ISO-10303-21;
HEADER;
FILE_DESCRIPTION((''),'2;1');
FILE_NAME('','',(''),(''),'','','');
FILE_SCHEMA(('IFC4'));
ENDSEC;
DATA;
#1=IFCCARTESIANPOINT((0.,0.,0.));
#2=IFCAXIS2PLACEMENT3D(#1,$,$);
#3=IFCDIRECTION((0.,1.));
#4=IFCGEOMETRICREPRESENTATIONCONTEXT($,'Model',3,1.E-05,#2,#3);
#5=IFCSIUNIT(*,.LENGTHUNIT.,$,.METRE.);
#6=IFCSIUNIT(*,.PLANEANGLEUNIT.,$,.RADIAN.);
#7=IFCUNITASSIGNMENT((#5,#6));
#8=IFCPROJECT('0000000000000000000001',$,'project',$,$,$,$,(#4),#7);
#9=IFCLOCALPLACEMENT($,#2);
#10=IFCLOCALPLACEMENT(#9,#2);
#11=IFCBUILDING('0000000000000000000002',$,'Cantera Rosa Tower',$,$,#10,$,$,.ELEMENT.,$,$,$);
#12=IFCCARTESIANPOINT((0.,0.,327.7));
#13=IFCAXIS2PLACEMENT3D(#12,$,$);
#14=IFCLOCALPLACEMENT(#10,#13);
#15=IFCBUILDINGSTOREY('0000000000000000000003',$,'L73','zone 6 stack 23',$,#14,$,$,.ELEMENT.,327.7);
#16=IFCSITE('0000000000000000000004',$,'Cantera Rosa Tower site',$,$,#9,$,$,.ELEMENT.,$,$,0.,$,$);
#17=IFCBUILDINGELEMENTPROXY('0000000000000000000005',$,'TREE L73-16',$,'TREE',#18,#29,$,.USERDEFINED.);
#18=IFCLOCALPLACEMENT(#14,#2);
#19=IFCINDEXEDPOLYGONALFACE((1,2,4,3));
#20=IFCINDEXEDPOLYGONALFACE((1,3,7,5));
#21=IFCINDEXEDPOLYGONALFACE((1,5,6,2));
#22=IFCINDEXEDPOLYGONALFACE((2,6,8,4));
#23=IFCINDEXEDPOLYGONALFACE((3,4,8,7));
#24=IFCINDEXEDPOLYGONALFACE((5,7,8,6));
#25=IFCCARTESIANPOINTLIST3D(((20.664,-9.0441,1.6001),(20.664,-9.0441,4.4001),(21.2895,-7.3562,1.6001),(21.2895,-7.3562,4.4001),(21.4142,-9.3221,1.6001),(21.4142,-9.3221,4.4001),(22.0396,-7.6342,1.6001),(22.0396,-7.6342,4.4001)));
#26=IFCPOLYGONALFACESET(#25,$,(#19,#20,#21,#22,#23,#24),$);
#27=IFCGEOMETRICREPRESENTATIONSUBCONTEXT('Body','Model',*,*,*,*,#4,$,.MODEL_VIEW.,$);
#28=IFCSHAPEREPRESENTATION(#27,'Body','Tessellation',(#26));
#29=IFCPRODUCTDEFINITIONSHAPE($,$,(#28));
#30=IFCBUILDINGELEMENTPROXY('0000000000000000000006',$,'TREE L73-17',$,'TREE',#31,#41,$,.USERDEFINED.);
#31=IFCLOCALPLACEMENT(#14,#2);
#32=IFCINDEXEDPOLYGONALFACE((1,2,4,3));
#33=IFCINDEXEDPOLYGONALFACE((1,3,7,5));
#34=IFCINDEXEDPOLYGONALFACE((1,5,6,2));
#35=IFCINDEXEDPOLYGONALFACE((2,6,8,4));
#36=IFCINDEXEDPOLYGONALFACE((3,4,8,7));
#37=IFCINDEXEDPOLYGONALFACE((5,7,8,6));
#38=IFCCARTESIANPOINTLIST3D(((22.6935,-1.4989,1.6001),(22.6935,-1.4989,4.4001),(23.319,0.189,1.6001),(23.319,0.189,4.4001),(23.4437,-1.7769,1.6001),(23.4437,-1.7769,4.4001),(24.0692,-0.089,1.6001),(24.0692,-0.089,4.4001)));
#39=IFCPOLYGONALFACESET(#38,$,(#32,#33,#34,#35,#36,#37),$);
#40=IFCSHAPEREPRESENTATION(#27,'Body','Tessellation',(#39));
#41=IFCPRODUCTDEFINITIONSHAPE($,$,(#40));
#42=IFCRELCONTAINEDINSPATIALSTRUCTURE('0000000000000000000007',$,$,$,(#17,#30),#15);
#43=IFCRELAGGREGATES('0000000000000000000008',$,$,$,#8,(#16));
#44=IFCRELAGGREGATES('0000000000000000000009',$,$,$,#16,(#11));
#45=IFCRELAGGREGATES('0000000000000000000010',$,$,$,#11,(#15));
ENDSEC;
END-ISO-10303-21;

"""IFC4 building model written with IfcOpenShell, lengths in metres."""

from ifc_helpers import new_model, si_unit, direction, frame, origin, origin_2d, place, context, subcontext, project, spatial, rectangle, extrude, element, save


model = new_model("IFC4")

# Units and contexts
model_context = context("Model", 3, precision=1e-05, world=origin(), true_north=direction((0.0, 1.0)))
body_context = subcontext(model_context, "Body", "Model", "MODEL_VIEW")
ifc_project = project(units=[si_unit("LENGTHUNIT", "METRE"), si_unit("PLANEANGLEUNIT", "RADIAN")], contexts=[model_context])

# Site, building, storey
site_placement = place(None, origin())
site = spatial("IfcSite", under=ifc_project, at=site_placement, Name="Cantera Rosa Tower site", CompositionType="ELEMENT", RefElevation=0.0)
building_placement = place(site_placement, origin())
building = spatial("IfcBuilding", under=site, at=building_placement, Name="Cantera Rosa Tower", CompositionType="ELEMENT")
storey_placement = place(building_placement, frame((0.0, 0.0, 327.7)))
storey = spatial("IfcBuildingStorey", under=building, at=storey_placement, Name="L73", Description="zone 6 stack 23", CompositionType="ELEMENT", Elevation=327.7)

# Building element proxies
for number, where, z_axis, x_axis, name in (
    (1, (21.3518, -8.3391, 1.6001), (0.0, 0.0, 1.0), (0.347481, 0.937687, 0.0), "TREE L73-16"),
    (2, (23.3813, -0.7939, 1.6001), (0.0, 0.0, 1.0), (0.347481, 0.937687, 0.0), "TREE L73-17"),
):
    element("IfcBuildingElementProxy", number, at=place(storey_placement, frame(where, z_axis=z_axis, x_axis=x_axis)), inside=storey, Name=name, ObjectType="TREE", PredefinedType="USERDEFINED", context=body_context, shape_type="SweptSolid", body=[
        extrude(rectangle(XDim=1.8, YDim=0.8, at=origin_2d()), origin(), (0.0, 0.0, 1.0), 2.8),
    ])

save(model, "model.ifc")
